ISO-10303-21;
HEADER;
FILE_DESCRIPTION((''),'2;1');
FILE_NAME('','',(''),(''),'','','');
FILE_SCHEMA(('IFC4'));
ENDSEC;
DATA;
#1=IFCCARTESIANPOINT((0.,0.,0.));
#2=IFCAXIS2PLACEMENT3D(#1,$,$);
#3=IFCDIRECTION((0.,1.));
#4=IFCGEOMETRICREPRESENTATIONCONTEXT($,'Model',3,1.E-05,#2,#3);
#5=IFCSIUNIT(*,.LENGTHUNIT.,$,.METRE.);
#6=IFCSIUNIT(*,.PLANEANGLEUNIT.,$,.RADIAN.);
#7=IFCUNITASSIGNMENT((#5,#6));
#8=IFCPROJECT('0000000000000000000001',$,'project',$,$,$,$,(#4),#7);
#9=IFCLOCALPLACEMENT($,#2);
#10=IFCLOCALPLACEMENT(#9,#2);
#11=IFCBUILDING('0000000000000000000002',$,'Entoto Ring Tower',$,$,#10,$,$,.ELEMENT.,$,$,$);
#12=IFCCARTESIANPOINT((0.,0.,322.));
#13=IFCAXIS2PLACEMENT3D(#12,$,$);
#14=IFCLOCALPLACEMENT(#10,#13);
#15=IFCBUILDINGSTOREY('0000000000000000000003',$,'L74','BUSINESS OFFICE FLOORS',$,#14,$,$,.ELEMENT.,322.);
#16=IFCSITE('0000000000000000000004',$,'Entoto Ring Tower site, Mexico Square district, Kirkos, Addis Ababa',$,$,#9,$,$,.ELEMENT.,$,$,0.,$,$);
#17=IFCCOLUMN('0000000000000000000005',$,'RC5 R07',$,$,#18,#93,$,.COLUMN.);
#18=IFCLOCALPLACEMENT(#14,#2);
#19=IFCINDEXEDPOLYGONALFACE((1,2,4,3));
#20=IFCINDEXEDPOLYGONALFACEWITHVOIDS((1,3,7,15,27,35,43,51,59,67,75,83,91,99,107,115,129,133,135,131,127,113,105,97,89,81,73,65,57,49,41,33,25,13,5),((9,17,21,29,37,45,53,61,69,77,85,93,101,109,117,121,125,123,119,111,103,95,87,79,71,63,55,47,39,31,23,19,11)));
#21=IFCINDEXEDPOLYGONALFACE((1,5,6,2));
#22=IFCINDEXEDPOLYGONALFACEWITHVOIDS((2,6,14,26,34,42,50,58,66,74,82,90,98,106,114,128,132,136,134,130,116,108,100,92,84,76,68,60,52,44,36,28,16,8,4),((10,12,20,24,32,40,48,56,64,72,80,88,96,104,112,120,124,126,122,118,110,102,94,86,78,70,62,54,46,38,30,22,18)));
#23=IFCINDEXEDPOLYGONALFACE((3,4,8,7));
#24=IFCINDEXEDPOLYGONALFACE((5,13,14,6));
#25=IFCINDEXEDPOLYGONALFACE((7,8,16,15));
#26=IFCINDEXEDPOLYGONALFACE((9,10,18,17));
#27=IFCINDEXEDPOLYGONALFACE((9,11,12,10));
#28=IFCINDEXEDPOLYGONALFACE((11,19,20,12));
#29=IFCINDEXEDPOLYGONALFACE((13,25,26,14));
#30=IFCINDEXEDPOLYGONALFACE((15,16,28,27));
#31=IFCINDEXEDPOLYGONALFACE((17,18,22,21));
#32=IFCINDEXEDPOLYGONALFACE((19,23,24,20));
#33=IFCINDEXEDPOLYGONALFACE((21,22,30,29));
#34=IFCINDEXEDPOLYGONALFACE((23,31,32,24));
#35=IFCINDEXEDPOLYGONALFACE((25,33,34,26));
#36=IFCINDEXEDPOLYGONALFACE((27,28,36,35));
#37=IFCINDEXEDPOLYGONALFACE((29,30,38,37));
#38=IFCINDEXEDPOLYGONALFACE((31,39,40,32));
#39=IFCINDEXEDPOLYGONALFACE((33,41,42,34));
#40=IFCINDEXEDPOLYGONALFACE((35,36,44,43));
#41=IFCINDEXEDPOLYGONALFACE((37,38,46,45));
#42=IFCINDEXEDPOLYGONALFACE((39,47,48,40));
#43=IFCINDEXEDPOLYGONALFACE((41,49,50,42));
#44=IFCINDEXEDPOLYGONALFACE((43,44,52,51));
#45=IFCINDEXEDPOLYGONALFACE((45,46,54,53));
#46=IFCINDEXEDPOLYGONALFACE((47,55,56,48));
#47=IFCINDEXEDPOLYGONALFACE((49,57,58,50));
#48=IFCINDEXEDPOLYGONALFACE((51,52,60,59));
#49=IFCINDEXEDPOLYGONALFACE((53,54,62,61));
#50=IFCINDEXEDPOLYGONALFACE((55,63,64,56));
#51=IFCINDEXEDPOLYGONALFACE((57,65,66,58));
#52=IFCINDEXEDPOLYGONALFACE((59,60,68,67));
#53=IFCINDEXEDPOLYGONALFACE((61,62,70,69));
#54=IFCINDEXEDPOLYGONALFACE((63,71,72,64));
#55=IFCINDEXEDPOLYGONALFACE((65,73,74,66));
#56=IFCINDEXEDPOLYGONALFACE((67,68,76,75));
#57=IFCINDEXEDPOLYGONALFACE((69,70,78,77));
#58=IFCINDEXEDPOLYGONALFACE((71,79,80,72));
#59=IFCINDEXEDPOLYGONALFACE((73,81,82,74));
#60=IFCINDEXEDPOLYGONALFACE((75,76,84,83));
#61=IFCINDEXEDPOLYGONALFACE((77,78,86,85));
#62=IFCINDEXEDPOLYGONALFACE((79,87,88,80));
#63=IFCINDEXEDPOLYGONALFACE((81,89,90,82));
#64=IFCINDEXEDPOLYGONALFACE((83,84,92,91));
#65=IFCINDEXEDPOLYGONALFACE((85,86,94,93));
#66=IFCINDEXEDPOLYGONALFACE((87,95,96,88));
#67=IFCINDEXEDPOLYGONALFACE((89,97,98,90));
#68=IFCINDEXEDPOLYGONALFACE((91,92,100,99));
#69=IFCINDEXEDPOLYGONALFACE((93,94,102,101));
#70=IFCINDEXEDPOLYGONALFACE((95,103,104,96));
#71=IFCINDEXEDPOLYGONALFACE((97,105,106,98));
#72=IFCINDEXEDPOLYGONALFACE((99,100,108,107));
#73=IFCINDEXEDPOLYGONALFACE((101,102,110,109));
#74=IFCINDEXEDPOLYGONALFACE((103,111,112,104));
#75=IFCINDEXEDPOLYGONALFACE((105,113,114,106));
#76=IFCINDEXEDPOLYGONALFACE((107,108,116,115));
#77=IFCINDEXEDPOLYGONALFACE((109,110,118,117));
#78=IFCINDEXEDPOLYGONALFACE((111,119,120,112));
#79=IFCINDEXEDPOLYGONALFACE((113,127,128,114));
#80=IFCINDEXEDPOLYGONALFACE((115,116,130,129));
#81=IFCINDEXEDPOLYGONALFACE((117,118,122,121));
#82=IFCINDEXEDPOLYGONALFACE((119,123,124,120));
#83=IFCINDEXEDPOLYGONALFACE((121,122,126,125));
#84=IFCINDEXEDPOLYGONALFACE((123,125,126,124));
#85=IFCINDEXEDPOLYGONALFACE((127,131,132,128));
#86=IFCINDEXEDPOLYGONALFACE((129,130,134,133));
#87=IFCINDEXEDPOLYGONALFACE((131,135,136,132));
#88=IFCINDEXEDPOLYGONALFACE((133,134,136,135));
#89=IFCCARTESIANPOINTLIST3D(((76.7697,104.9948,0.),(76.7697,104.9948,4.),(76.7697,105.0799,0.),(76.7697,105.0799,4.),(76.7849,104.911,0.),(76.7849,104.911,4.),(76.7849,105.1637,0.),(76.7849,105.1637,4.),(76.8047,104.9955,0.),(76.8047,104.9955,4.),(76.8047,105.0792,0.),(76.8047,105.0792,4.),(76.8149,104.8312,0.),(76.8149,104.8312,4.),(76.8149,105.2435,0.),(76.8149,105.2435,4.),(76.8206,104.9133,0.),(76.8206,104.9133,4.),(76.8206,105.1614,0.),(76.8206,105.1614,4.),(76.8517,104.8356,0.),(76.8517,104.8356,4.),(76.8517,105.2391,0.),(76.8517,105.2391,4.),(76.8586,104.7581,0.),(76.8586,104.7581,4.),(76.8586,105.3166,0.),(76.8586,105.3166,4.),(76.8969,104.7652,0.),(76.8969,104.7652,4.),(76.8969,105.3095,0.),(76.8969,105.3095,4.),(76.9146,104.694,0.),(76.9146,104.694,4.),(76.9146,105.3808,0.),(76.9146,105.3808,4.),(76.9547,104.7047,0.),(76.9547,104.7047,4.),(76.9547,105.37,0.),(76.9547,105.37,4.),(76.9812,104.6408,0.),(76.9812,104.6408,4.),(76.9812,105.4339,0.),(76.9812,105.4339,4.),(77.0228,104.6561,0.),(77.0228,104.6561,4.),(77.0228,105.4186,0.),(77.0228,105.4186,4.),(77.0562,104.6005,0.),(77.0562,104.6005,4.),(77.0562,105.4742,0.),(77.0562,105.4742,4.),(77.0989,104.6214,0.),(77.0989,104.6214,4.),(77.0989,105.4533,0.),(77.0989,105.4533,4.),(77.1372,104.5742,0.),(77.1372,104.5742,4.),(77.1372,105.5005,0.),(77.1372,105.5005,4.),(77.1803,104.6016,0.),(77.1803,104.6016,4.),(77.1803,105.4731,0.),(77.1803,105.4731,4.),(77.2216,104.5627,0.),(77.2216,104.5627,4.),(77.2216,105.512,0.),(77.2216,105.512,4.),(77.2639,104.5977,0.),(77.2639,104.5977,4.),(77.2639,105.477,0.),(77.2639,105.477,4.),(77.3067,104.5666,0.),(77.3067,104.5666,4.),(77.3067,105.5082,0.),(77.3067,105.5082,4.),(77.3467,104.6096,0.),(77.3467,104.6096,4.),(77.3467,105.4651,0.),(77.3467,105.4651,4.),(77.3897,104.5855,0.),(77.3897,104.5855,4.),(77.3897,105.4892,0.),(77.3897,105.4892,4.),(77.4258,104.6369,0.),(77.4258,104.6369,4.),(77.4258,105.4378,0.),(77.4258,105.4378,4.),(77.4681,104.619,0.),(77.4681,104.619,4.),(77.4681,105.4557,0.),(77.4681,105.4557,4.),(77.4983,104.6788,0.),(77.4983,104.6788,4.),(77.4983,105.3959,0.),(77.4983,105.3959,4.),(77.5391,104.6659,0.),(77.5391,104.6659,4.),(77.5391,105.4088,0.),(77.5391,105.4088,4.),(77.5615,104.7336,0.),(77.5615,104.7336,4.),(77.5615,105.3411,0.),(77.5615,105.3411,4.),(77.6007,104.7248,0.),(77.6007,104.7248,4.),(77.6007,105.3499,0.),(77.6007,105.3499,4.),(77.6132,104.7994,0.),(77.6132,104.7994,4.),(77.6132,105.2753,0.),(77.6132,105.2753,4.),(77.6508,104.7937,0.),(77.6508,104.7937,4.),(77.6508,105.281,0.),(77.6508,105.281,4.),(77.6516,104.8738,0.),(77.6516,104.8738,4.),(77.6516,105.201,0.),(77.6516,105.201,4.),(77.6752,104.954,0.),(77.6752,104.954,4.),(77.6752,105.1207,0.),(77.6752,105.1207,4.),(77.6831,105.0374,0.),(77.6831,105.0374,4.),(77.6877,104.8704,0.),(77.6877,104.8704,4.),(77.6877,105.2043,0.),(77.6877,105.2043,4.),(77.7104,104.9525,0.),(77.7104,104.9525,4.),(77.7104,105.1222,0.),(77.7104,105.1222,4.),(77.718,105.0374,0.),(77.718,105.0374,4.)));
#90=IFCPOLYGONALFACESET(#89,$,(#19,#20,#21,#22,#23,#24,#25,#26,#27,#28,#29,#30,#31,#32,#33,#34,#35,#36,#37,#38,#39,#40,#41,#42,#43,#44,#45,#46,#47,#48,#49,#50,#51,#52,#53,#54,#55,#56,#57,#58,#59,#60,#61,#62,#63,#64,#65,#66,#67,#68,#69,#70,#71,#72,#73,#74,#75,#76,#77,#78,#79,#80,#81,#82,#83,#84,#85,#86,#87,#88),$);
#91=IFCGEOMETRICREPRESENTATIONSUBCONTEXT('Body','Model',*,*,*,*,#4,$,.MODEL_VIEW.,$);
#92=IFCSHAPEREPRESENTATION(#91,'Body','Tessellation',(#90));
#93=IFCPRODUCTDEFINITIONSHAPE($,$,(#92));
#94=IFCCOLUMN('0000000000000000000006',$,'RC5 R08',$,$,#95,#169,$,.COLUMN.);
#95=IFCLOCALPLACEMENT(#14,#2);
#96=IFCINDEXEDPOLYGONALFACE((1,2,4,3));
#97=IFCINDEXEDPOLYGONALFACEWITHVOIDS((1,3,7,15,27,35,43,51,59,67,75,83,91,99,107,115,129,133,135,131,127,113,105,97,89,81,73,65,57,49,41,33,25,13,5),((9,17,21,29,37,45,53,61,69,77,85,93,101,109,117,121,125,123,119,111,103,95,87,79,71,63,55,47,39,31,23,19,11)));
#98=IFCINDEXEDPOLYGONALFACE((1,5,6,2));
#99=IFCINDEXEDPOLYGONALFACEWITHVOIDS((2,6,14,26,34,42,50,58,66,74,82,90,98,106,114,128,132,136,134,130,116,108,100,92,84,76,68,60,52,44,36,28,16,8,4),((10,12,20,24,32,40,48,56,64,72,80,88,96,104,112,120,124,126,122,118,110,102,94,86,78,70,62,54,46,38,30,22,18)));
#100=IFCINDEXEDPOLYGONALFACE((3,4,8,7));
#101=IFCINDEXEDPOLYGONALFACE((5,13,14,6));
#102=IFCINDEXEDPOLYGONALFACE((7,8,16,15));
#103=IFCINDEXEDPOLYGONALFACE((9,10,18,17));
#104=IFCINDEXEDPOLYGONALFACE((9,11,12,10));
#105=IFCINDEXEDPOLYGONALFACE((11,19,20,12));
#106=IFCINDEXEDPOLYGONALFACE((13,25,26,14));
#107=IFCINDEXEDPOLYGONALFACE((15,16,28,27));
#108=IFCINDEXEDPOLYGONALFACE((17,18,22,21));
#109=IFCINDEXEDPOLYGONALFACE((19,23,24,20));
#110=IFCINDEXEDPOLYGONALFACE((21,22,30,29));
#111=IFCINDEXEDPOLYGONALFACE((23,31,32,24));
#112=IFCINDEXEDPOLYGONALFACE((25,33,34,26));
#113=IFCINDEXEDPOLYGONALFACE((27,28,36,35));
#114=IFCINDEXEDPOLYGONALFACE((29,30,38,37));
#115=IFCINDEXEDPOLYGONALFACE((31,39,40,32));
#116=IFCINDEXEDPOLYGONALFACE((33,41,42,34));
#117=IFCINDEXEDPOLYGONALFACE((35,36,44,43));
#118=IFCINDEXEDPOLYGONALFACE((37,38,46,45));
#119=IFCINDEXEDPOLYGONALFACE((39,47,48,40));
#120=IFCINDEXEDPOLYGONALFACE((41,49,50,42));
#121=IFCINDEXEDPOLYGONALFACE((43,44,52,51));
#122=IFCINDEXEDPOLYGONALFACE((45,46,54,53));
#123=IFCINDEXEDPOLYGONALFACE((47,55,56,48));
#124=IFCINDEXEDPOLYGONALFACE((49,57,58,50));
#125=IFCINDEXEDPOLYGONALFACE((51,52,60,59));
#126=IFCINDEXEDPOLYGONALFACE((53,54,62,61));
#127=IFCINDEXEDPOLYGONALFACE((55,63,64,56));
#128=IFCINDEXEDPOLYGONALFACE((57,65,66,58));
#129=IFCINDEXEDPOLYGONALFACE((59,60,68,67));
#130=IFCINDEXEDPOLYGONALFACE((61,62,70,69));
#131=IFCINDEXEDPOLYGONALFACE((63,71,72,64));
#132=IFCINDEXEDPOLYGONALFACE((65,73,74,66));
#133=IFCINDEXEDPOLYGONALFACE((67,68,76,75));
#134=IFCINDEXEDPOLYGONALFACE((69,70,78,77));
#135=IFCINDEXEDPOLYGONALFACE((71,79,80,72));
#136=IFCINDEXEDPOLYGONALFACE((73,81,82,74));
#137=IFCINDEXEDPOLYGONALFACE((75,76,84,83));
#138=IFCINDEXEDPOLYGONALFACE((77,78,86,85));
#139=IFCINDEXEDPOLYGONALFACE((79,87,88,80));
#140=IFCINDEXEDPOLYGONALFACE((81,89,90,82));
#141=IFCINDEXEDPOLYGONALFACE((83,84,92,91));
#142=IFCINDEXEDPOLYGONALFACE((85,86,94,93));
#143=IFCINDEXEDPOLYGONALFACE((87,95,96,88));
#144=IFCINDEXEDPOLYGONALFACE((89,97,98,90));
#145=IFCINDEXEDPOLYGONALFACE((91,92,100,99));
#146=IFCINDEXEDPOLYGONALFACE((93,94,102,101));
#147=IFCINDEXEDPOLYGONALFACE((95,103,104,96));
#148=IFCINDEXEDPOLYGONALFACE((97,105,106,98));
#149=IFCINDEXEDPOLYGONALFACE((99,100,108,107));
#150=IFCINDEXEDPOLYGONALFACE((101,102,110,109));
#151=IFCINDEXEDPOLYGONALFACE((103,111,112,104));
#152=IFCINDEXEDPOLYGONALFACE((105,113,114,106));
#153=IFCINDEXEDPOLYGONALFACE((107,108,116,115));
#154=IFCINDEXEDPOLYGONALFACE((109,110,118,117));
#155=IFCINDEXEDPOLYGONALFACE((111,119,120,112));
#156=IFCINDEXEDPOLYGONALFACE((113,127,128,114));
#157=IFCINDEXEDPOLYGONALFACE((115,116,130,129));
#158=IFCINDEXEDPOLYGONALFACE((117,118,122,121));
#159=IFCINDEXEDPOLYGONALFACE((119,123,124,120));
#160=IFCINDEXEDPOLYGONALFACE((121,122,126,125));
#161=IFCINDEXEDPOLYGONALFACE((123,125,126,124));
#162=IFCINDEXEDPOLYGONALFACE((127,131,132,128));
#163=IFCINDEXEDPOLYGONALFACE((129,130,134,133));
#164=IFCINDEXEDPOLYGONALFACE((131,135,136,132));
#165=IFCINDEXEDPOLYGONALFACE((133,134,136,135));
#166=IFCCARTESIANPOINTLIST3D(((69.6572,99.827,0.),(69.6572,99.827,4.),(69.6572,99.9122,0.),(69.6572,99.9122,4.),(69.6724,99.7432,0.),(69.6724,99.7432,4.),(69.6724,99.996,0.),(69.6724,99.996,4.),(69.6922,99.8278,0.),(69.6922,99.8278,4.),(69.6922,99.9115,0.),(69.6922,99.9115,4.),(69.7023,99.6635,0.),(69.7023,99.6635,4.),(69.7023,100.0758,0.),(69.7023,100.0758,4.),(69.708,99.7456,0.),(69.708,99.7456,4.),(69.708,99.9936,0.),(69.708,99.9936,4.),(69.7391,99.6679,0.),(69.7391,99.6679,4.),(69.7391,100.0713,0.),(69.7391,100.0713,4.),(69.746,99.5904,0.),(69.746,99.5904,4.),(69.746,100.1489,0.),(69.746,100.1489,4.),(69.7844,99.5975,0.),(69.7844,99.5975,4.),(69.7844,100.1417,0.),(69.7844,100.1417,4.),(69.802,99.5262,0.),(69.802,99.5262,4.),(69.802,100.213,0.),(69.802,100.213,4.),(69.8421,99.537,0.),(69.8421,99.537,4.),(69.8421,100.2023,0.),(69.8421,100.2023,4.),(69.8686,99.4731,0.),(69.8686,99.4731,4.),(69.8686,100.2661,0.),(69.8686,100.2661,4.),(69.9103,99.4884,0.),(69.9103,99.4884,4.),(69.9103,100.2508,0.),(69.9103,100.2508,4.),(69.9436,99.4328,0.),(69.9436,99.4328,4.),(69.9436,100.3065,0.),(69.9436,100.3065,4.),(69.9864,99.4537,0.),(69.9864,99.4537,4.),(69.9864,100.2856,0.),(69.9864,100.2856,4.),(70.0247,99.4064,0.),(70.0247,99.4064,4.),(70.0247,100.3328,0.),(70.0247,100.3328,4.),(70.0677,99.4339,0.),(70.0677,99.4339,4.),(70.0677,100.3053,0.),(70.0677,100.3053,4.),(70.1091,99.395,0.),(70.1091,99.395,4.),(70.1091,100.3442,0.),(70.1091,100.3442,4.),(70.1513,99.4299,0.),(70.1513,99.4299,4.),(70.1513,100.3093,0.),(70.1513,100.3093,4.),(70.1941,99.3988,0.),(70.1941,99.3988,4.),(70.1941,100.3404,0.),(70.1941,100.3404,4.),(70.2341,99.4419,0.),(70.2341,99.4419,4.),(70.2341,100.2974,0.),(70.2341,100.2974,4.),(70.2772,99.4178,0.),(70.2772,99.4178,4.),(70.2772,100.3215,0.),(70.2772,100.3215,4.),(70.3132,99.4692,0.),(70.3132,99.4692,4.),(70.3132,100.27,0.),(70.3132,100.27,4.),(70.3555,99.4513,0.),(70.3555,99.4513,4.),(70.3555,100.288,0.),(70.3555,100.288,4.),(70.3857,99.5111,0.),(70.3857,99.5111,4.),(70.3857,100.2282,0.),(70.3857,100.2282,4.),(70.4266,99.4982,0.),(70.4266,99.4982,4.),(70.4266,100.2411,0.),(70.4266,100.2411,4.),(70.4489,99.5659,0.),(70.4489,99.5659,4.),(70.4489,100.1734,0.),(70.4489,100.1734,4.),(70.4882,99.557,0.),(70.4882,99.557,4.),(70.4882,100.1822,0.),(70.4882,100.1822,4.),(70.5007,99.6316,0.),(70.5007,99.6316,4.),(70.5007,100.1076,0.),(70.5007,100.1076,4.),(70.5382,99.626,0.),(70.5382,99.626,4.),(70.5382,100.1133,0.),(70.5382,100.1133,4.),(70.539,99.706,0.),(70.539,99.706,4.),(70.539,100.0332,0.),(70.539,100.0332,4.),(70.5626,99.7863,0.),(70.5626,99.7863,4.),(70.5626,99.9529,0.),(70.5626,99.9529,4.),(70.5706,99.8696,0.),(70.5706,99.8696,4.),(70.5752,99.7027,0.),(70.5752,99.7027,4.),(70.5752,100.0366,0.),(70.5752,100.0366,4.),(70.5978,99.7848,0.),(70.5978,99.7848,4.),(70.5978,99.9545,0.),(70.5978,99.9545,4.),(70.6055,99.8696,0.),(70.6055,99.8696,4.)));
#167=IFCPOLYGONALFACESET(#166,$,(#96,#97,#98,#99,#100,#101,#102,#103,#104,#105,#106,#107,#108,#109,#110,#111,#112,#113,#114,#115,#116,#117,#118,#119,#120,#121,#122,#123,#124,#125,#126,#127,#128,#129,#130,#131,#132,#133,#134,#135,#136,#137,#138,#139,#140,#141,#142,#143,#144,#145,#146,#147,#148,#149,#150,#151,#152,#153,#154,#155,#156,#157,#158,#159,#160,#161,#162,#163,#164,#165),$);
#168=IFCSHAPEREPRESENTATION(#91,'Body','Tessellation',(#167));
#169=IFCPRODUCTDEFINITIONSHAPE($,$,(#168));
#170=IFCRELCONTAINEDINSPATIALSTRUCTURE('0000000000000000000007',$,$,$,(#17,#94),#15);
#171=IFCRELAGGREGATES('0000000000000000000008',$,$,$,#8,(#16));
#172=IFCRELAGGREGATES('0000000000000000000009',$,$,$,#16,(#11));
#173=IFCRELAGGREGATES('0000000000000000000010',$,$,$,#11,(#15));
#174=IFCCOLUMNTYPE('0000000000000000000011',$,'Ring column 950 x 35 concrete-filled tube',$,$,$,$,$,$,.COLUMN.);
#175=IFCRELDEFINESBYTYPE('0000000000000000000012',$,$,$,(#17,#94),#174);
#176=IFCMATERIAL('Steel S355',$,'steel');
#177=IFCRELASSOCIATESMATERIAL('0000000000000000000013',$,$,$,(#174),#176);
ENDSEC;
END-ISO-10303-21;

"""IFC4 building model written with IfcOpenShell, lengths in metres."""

from ifc_helpers import new_model, si_unit, direction, frame, origin, origin_2d, place, context, subcontext, project, spatial, circle, hollow_circle, extrude, material, material_profile, profile_set, type_object, element, save


model = new_model("IFC4")

# Units and contexts
model_context = context("Model", 3, precision=1e-05, world=origin(), true_north=direction((0.0, 1.0)))
body_context = subcontext(model_context, "Body", "Model", "MODEL_VIEW")
ifc_project = project(units=[si_unit("LENGTHUNIT", "METRE"), si_unit("PLANEANGLEUNIT", "RADIAN")], contexts=[model_context])

# Site, building, storey
site_placement = place(None, origin())
site = spatial("IfcSite", under=ifc_project, at=site_placement, Name="Entoto Ring Tower site, Mexico Square district, Kirkos, Addis Ababa", CompositionType="ELEMENT", RefElevation=0.0)
building_placement = place(site_placement, origin())
building = spatial("IfcBuilding", under=site, at=building_placement, Name="Entoto Ring Tower", CompositionType="ELEMENT")
storey_placement = place(building_placement, frame((0.0, 0.0, 322.0)))
storey = spatial("IfcBuildingStorey", under=building, at=storey_placement, Name="L74", Description="BUSINESS OFFICE FLOORS", CompositionType="ELEMENT", Elevation=322.0)

# Columns
ifc_material_1 = material(Name="Steel S355", Category="steel")
ifc_material_profile_1 = material_profile(ifc_material_1, hollow_circle(Radius=0.4751, WallThickness=0.0349, at=origin_2d()), Name="CHS 950 x 35")
ifc_material_2 = material(Name="Concrete C60/75", Category="concrete")
ifc_material_profile_2 = material_profile(ifc_material_2, circle(Radius=0.4399, at=origin_2d()), Name="Concrete C60/75 infill")
ifc_profile_set_1 = profile_set([ifc_material_profile_1, ifc_material_profile_2], Name="Steel S355")
column_type = type_object("IfcColumnType", Name="Ring column 950 x 35 concrete-filled tube", PredefinedType="COLUMN", material=ifc_profile_set_1)
for number, where, z_axis, x_axis, name in (
    (1, (77.2429, 105.0374, 0.0), (0.0, 0.0, 1.0), (1.0, 0.0, 0.0), "RC5 R07"),
    (2, (70.1304, 99.8696, 0.0), (0.0, 0.0, 1.0), (1.0, 0.0, 0.0), "RC5 R08"),
):
    element("IfcColumn", number, at=place(storey_placement, frame(where, z_axis=z_axis, x_axis=x_axis)), inside=storey, type_object=column_type, Name=name, PredefinedType="COLUMN", context=body_context, shape_type="SweptSolid", body=[
        extrude(hollow_circle(Radius=0.4751, WallThickness=0.0349, at=origin_2d()), origin(), (0.0, 0.0, 1.0), 4.0),
    ])

save(model, "model.ifc")
